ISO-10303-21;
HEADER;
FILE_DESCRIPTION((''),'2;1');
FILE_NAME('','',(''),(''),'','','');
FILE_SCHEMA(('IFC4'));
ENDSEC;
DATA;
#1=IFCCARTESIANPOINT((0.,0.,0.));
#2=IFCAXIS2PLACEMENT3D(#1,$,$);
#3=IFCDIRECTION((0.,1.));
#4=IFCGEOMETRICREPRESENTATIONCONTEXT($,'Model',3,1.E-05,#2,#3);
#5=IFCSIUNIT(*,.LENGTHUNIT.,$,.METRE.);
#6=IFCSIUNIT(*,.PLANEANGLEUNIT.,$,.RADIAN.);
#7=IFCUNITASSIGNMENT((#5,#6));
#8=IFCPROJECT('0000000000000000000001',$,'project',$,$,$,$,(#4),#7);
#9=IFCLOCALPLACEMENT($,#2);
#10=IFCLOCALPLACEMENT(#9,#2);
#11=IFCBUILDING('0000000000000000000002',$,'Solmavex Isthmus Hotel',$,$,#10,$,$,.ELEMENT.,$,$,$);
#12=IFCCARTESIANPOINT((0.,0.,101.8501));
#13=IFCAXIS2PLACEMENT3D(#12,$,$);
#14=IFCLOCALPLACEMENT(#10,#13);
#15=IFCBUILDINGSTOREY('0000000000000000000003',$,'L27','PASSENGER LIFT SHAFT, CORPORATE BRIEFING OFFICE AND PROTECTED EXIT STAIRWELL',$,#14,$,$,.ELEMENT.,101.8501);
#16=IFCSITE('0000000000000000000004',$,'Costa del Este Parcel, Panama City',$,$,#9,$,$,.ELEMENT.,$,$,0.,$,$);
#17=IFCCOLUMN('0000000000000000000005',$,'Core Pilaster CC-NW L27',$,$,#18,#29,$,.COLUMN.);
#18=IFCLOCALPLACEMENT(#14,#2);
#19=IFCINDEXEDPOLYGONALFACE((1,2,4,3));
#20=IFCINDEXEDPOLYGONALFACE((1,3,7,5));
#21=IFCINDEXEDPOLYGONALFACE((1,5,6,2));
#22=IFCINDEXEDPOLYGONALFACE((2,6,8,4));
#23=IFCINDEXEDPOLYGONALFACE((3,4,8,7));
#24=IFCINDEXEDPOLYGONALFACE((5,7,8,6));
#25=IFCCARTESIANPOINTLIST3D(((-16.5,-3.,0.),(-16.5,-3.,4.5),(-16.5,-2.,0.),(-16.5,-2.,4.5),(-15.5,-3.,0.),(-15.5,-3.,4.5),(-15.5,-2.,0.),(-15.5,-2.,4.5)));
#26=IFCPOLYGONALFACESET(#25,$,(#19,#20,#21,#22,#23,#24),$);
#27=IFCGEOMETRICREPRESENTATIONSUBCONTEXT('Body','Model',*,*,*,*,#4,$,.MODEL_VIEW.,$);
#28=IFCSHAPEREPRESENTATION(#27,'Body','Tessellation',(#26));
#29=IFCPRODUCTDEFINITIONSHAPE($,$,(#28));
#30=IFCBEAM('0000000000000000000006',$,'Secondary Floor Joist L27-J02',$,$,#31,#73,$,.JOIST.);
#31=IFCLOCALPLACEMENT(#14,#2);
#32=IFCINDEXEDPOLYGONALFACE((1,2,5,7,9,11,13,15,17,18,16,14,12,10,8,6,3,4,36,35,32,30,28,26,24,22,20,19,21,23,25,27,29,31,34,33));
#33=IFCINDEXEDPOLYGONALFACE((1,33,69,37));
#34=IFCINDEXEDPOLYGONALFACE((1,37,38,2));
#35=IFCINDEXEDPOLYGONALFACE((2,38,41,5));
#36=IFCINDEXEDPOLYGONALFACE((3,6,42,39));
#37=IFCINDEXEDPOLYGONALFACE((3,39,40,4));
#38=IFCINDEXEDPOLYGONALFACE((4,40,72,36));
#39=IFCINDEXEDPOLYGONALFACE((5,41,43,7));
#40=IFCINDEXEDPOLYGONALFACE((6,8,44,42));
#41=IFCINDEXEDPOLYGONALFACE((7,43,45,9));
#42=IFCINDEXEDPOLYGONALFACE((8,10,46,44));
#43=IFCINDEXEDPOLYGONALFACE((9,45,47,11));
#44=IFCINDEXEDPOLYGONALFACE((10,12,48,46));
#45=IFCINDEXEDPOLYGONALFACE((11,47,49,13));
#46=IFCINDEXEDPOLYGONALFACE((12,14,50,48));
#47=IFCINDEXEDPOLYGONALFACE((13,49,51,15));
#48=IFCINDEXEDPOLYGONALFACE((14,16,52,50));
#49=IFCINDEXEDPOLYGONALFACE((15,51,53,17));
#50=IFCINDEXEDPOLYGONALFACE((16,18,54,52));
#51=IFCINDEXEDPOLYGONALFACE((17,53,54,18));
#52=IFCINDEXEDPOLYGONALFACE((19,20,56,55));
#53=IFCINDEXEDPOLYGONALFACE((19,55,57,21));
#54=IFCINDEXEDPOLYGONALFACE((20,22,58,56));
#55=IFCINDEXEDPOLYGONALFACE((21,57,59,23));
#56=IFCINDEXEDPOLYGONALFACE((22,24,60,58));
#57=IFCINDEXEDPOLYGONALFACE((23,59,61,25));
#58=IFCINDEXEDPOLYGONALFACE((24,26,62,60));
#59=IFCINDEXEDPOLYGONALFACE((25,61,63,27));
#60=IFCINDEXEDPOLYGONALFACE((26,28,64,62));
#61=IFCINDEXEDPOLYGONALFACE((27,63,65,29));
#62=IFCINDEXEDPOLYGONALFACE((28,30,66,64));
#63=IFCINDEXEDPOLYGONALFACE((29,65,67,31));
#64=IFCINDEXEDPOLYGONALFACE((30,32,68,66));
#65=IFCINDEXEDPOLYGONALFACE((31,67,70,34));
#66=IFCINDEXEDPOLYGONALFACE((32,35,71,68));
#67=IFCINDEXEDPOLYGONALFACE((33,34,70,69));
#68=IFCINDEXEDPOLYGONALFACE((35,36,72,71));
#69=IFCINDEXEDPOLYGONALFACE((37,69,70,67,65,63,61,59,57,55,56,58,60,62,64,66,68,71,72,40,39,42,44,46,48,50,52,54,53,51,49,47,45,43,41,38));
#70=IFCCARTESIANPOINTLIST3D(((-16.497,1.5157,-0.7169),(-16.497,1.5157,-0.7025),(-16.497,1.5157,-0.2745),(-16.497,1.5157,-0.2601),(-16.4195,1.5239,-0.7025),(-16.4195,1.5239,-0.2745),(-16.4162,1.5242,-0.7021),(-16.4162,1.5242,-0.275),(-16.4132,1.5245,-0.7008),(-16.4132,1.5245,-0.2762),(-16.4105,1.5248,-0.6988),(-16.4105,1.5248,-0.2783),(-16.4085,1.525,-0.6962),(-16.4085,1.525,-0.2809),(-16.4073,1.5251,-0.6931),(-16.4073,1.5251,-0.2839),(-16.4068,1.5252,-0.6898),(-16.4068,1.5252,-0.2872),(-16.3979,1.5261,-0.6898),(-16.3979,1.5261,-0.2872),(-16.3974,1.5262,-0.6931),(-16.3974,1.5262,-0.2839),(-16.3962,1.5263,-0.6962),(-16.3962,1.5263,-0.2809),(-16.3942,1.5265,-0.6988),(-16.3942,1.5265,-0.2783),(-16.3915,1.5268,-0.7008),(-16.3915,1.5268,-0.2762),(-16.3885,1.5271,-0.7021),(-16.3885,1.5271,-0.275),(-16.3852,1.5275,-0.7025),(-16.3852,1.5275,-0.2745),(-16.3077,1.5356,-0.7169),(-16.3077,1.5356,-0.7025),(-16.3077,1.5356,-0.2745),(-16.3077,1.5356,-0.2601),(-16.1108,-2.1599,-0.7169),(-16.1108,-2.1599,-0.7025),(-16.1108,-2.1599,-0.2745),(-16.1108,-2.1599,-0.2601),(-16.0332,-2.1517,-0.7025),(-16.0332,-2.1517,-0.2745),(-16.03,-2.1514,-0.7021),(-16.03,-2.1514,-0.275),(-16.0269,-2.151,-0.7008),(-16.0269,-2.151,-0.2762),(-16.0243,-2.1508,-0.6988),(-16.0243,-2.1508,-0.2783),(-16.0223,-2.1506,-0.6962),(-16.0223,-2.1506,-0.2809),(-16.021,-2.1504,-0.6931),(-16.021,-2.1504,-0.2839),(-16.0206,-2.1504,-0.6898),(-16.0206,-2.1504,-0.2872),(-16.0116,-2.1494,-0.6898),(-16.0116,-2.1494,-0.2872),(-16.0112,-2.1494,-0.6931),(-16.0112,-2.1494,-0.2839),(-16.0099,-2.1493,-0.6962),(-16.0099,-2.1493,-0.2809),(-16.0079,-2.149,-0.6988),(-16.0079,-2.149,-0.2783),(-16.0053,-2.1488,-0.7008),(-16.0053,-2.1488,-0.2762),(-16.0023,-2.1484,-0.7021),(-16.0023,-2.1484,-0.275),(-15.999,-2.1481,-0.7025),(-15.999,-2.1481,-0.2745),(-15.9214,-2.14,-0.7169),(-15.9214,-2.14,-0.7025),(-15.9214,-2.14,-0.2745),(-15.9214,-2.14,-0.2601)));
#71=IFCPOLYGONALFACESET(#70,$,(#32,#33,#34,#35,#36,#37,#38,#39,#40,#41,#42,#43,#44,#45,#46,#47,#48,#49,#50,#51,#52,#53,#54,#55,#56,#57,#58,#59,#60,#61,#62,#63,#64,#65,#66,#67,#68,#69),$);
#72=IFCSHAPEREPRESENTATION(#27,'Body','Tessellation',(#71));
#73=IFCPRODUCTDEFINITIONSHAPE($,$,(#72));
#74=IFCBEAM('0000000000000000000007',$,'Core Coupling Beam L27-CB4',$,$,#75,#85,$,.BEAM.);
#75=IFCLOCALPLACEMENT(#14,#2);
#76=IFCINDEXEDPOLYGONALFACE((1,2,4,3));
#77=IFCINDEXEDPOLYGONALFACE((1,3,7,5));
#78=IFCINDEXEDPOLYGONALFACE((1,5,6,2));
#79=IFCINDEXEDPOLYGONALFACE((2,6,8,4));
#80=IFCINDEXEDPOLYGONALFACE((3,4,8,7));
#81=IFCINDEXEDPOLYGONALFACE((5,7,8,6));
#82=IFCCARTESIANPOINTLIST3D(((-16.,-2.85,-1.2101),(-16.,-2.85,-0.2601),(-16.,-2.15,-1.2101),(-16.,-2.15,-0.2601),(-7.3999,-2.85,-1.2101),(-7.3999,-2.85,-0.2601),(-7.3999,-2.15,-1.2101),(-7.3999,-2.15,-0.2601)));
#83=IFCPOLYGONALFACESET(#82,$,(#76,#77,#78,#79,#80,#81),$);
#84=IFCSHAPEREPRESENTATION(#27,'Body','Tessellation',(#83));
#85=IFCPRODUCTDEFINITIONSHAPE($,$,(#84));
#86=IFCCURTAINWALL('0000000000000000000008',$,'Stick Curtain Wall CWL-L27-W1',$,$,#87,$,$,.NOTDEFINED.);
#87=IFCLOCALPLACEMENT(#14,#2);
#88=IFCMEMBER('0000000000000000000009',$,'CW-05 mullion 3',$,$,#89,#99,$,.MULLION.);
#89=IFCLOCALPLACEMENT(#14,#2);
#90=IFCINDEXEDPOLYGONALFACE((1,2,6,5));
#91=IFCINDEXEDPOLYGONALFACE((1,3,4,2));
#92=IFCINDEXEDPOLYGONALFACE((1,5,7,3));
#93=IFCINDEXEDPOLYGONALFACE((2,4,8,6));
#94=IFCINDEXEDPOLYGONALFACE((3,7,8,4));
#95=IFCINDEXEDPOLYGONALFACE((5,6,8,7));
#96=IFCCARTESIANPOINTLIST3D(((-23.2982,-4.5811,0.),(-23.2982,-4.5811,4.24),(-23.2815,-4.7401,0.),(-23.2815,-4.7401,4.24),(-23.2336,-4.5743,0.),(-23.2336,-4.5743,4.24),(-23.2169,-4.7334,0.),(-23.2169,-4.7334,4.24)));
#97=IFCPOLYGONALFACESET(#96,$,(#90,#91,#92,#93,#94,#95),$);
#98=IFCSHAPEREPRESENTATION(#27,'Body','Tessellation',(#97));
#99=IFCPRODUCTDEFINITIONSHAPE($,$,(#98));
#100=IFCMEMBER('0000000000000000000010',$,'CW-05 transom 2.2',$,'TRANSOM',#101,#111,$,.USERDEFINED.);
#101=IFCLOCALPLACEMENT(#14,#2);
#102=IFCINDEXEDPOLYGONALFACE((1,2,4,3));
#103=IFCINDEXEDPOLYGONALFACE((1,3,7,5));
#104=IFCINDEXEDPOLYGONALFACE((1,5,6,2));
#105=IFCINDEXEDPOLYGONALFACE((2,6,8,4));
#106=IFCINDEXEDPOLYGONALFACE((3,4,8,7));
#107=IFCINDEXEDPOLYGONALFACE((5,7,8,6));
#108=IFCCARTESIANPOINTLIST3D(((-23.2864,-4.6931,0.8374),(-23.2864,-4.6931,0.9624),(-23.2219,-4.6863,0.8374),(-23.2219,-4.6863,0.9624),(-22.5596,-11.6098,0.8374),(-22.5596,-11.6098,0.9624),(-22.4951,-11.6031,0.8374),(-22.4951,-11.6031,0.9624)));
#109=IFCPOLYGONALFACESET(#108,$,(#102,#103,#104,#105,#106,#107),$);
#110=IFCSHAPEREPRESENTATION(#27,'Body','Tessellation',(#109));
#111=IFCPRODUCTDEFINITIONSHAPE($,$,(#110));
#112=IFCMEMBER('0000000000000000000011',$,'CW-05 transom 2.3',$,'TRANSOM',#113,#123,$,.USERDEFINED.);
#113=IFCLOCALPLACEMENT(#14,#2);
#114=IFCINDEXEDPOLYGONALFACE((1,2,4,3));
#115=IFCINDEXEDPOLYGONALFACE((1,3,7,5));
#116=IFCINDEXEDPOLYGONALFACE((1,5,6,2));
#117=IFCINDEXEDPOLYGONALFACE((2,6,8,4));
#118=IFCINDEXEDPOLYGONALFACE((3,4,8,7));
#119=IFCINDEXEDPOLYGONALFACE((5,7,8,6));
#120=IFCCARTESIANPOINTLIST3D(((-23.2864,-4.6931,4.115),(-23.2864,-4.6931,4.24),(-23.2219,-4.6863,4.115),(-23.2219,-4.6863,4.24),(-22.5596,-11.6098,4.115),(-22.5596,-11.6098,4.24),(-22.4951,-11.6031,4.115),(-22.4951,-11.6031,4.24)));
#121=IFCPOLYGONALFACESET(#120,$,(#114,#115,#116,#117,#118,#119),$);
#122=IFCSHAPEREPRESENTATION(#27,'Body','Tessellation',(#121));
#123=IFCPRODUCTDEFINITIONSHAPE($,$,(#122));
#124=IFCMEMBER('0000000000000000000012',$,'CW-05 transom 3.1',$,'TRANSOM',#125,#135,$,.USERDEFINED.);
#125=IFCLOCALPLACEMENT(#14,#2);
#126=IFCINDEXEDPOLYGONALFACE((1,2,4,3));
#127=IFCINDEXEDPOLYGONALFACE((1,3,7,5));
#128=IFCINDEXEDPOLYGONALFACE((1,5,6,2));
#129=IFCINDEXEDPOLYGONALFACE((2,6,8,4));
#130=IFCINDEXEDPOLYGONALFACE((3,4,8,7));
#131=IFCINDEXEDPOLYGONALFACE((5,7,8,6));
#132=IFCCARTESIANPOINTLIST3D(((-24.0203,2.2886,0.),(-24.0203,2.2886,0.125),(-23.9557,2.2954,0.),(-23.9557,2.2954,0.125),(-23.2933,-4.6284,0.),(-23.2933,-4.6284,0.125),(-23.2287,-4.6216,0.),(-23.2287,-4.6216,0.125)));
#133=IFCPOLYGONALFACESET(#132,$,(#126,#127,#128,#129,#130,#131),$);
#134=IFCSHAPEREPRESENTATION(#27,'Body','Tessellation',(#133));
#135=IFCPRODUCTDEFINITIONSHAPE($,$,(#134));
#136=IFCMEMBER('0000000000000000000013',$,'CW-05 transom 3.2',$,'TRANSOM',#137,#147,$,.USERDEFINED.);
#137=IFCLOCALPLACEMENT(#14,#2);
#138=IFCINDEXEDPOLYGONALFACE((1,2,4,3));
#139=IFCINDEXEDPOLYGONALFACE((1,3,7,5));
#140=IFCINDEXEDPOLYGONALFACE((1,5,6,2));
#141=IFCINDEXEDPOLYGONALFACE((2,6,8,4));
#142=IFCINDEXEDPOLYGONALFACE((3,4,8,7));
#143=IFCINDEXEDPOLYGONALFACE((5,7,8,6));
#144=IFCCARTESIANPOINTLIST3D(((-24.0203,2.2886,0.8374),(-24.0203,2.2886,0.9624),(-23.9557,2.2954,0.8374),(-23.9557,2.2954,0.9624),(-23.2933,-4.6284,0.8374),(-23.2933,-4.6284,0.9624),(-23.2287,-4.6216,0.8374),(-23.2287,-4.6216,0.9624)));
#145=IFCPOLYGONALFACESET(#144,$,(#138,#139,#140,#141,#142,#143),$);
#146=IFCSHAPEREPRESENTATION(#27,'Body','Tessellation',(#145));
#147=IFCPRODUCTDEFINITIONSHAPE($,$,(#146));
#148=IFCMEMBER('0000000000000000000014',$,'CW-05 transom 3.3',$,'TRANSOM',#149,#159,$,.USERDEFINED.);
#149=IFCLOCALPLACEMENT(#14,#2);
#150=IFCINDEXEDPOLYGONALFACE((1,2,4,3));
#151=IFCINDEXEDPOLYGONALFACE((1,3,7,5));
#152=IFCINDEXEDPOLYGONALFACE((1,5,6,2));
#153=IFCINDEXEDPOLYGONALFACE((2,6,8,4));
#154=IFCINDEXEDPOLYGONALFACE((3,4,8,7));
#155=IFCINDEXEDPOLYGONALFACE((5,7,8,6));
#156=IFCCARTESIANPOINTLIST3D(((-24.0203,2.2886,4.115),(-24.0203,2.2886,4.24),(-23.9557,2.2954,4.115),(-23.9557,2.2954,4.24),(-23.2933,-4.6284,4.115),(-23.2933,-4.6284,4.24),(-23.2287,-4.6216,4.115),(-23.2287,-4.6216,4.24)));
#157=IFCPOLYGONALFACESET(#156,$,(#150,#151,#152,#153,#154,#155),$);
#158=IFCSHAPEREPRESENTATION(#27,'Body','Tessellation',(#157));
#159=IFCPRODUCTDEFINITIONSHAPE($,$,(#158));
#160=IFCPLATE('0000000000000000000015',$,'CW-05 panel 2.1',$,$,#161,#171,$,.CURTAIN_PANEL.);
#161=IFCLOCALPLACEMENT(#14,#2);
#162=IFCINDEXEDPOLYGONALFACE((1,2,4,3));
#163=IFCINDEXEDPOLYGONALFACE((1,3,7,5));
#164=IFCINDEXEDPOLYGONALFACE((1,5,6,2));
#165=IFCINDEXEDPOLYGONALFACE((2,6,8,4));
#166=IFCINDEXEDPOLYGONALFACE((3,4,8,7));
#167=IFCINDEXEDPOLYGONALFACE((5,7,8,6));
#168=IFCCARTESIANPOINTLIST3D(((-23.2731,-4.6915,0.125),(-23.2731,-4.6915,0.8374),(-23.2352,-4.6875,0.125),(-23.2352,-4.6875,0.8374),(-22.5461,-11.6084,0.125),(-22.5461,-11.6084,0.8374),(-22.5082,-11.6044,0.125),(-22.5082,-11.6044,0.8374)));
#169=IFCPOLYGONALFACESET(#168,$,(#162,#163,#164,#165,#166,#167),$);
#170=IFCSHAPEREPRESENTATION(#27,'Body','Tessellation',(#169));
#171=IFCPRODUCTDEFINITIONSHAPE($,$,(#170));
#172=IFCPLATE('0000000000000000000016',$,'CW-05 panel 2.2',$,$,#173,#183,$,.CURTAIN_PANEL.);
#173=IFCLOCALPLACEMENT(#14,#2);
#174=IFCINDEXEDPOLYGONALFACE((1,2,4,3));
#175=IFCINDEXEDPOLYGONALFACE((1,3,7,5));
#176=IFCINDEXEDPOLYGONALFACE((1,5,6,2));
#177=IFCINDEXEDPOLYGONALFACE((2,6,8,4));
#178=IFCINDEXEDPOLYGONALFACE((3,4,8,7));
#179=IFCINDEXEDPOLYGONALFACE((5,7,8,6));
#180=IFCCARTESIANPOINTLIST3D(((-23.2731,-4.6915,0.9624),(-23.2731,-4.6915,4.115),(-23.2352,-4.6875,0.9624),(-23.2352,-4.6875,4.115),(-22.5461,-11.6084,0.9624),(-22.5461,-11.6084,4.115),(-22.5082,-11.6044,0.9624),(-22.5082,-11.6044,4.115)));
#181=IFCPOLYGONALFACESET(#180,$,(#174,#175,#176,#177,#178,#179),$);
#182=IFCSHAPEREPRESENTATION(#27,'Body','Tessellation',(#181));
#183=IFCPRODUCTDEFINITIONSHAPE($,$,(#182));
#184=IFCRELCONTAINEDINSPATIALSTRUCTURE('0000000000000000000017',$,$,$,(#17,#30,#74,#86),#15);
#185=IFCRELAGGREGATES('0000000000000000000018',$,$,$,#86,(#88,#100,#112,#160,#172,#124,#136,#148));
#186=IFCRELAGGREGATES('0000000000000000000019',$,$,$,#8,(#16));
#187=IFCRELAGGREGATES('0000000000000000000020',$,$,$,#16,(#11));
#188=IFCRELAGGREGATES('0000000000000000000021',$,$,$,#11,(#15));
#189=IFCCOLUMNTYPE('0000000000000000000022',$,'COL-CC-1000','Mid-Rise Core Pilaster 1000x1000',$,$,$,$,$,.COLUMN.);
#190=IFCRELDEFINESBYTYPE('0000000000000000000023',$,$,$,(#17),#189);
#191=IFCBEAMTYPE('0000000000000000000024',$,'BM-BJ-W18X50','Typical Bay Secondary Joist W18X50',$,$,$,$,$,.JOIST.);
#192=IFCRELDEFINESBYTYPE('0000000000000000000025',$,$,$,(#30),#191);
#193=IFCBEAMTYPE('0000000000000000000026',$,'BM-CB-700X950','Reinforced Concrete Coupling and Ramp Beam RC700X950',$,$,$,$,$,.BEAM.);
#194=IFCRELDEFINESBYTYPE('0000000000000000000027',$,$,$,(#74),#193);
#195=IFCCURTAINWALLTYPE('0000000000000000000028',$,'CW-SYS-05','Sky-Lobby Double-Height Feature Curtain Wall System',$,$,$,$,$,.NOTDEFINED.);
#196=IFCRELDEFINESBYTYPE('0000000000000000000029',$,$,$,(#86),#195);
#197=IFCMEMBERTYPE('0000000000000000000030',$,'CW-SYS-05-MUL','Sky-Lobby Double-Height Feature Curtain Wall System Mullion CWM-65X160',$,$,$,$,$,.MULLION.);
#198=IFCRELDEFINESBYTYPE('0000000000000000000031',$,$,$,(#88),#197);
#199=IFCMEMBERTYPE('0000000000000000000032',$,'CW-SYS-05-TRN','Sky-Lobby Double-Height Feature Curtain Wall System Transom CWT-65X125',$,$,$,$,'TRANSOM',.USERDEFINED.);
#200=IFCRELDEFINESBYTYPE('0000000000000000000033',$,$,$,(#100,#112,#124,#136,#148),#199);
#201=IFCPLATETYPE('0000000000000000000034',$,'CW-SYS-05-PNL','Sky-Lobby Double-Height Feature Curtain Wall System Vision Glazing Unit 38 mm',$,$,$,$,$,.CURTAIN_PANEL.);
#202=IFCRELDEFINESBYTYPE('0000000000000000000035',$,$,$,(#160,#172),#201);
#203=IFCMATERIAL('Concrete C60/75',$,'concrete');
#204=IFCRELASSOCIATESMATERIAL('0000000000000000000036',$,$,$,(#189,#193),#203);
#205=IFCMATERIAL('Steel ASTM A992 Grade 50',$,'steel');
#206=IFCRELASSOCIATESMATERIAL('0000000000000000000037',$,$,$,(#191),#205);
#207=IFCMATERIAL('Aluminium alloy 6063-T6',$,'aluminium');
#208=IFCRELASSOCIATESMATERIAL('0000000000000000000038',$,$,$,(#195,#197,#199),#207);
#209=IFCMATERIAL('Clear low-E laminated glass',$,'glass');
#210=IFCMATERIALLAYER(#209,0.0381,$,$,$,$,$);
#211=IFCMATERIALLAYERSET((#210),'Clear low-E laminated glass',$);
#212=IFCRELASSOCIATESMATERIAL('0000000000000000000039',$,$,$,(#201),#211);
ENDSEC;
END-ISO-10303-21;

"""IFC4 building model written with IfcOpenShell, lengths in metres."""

from ifc_helpers import new_model, si_unit, direction, frame, origin, origin_2d, place, context, subcontext, project, spatial, rectangle, i_section, extrude, material, layer, layer_set, material_profile, profile_set, type_object, element, aggregate, save


model = new_model("IFC4")

# Units and contexts
model_context = context("Model", 3, precision=1e-05, world=origin(), true_north=direction((0.0, 1.0)))
body_context = subcontext(model_context, "Body", "Model", "MODEL_VIEW")
ifc_project = project(units=[si_unit("LENGTHUNIT", "METRE"), si_unit("PLANEANGLEUNIT", "RADIAN")], contexts=[model_context])

# Site, building, storey
site_placement = place(None, origin())
site = spatial("IfcSite", under=ifc_project, at=site_placement, Name="Costa del Este Parcel, Panama City", CompositionType="ELEMENT", RefElevation=0.0)
building_placement = place(site_placement, origin())
building = spatial("IfcBuilding", under=site, at=building_placement, Name="Solmavex Isthmus Hotel", CompositionType="ELEMENT")
storey_placement = place(building_placement, frame((0.0, 0.0, 101.8501)))
storey = spatial("IfcBuildingStorey", under=building, at=storey_placement, Name="L27", Description="PASSENGER LIFT SHAFT, CORPORATE BRIEFING OFFICE AND PROTECTED EXIT STAIRWELL", CompositionType="ELEMENT", Elevation=101.8501)

# Column
ifc_material_1 = material(Name="Concrete C60/75", Category="concrete")
ifc_material_profile_1 = material_profile(ifc_material_1, rectangle(XDim=1.0, YDim=1.0, at=origin_2d()), Name="RC1000X1000")
ifc_profile_set_1 = profile_set([ifc_material_profile_1], Name="Concrete C60/75")
column_type = type_object("IfcColumnType", Name="COL-CC-1000", Description="Mid-Rise Core Pilaster 1000x1000", PredefinedType="COLUMN", material=ifc_profile_set_1)
column_placement = place(storey_placement, frame((-16.0, -2.5, 0.0), z_axis=(0.0, 0.0, 1.0), x_axis=(1.0, 0.0, 0.0)))
element("IfcColumn", 1, at=column_placement, inside=storey, type_object=column_type, Name="Core Pilaster CC-NW L27", PredefinedType="COLUMN", context=body_context, shape_type="SweptSolid", body=[
    extrude(rectangle(XDim=1.0, YDim=1.0, at=origin_2d()), origin(), (0.0, 0.0, 1.0), 4.5),
])

# Beams
ifc_material_2 = material(Name="Steel ASTM A992 Grade 50", Category="steel")
ifc_material_profile_2 = material_profile(ifc_material_2, i_section(OverallWidth=0.1904, OverallDepth=0.4568, WebThickness=0.009, FlangeThickness=0.0144, FilletRadius=0.0127, at=origin_2d()), Name="W18X50")
ifc_profile_set_2 = profile_set([ifc_material_profile_2], Name="Steel ASTM A992 Grade 50")
beam_type_1 = type_object("IfcBeamType", Name="BM-BJ-W18X50", Description="Typical Bay Secondary Joist W18X50", PredefinedType="JOIST", material=ifc_profile_set_2)
beam_1_placement = place(storey_placement, frame((-16.0161, -2.1499, -0.4885), z_axis=(-0.104506, 0.994524, 0.0), x_axis=(-0.994524, -0.104506, 0.0)))
element("IfcBeam", 2, at=beam_1_placement, inside=storey, type_object=beam_type_1, Name="Secondary Floor Joist L27-J02", PredefinedType="JOIST", context=body_context, shape_type="SweptSolid", body=[
    extrude(i_section(OverallWidth=0.1904, OverallDepth=0.4568, WebThickness=0.009, FlangeThickness=0.0144, FilletRadius=0.0127, at=origin_2d()), origin(), (0.0, 0.0, 1.0), 3.6958),
])
ifc_material_profile_3 = material_profile(ifc_material_1, rectangle(XDim=0.7, YDim=0.95, at=origin_2d()), Name="RC700X950")
ifc_profile_set_3 = profile_set([ifc_material_profile_3], Name="Concrete C60/75")
beam_type_2 = type_object("IfcBeamType", Name="BM-CB-700X950", Description="Reinforced Concrete Coupling and Ramp Beam RC700X950", PredefinedType="BEAM", material=ifc_profile_set_3)
beam_2_placement = place(storey_placement, frame((-16.0, -2.5, -0.7351), z_axis=(1.0, 0.0, 0.0), x_axis=(0.0, 1.0, 0.0)))
element("IfcBeam", 3, at=beam_2_placement, inside=storey, type_object=beam_type_2, Name="Core Coupling Beam L27-CB4", PredefinedType="BEAM", context=body_context, shape_type="SweptSolid", body=[
    extrude(rectangle(XDim=0.7, YDim=0.95, at=origin_2d()), origin(), (0.0, 0.0, 1.0), 8.6001),
])

# Curtain wall, members, plates
ifc_material_3 = material(Name="Aluminium alloy 6063-T6", Category="aluminium")
curtain_wall_type = type_object("IfcCurtainWallType", Name="CW-SYS-05", Description="Sky-Lobby Double-Height Feature Curtain Wall System", PredefinedType="NOTDEFINED", material=ifc_material_3)
curtain_wall_placement = place(storey_placement, origin())
curtain_wall = element("IfcCurtainWall", 4, at=curtain_wall_placement, inside=storey, type_object=curtain_wall_type, Name="Stick Curtain Wall CWL-L27-W1", PredefinedType="NOTDEFINED")
ifc_material_profile_4 = material_profile(ifc_material_3, rectangle(XDim=0.0649, YDim=0.1599, at=origin_2d()), Name="CWM-65X160")
ifc_profile_set_4 = profile_set([ifc_material_profile_4], Name="Aluminium alloy 6063-T6")
member_type_1 = type_object("IfcMemberType", Name="CW-SYS-05-MUL", Description="Sky-Lobby Double-Height Feature Curtain Wall System Mullion CWM-65X160", PredefinedType="MULLION", material=ifc_profile_set_4)
member_1_placement = place(storey_placement, frame((-23.2576, -4.6572, 0.0), z_axis=(0.0, 0.0, 1.0), x_axis=(-0.994522, -0.104528, 0.0)))
member_1 = element("IfcMember", 5, at=member_1_placement, type_object=member_type_1, Name="CW-05 mullion 3", PredefinedType="MULLION", context=body_context, shape_type="SweptSolid", body=[
    extrude(rectangle(XDim=0.0649, YDim=0.1599, at=origin_2d()), origin(), (0.0, 0.0, 1.0), 4.24),
])
ifc_material_profile_5 = material_profile(ifc_material_3, rectangle(XDim=0.0649, YDim=0.125, at=origin_2d()), Name="CWT-65X125")
ifc_profile_set_5 = profile_set([ifc_material_profile_5], Name="Aluminium alloy 6063-T6")
member_type_2 = type_object("IfcMemberType", Name="CW-SYS-05-TRN", Description="Sky-Lobby Double-Height Feature Curtain Wall System Transom CWT-65X125", ElementType="TRANSOM", PredefinedType="USERDEFINED", material=ifc_profile_set_5)
member_2_placement = place(storey_placement, frame((-22.5273, -11.6064, 0.8999), z_axis=(-0.104504, 0.994524, 0.0), x_axis=(-0.994524, -0.104504, 0.0)))
member_2 = element("IfcMember", 6, at=member_2_placement, type_object=member_type_2, Name="CW-05 transom 2.2", ObjectType="TRANSOM", PredefinedType="USERDEFINED", context=body_context, shape_type="SweptSolid", body=[
    extrude(rectangle(XDim=0.0649, YDim=0.125, at=origin_2d()), origin(), (0.0, 0.0, 1.0), 6.9548),
])
member_3_placement = place(storey_placement, frame((-22.5273, -11.6064, 4.1775), z_axis=(-0.104504, 0.994524, 0.0), x_axis=(-0.994524, -0.104504, 0.0)))
member_3 = element("IfcMember", 7, at=member_3_placement, type_object=member_type_2, Name="CW-05 transom 2.3", ObjectType="TRANSOM", PredefinedType="USERDEFINED", context=body_context, shape_type="SweptSolid", body=[
    extrude(rectangle(XDim=0.0649, YDim=0.125, at=origin_2d()), origin(), (0.0, 0.0, 1.0), 6.9548),
])
member_4_placement = place(storey_placement, frame((-23.261, -4.625, 0.0625), z_axis=(-0.104535, 0.994521, 0.0), x_axis=(-0.994521, -0.104535, 0.0)))
member_4 = element("IfcMember", 8, at=member_4_placement, type_object=member_type_2, Name="CW-05 transom 3.1", ObjectType="TRANSOM", PredefinedType="USERDEFINED", context=body_context, shape_type="SweptSolid", body=[
    extrude(rectangle(XDim=0.0649, YDim=0.125, at=origin_2d()), origin(), (0.0, 0.0, 1.0), 6.9551),
])
member_5_placement = place(storey_placement, frame((-23.261, -4.625, 0.8999), z_axis=(-0.104535, 0.994521, 0.0), x_axis=(-0.994521, -0.104535, 0.0)))
member_5 = element("IfcMember", 9, at=member_5_placement, type_object=member_type_2, Name="CW-05 transom 3.2", ObjectType="TRANSOM", PredefinedType="USERDEFINED", context=body_context, shape_type="SweptSolid", body=[
    extrude(rectangle(XDim=0.0649, YDim=0.125, at=origin_2d()), origin(), (0.0, 0.0, 1.0), 6.9551),
])
member_6_placement = place(storey_placement, frame((-23.261, -4.625, 4.1775), z_axis=(-0.104535, 0.994521, 0.0), x_axis=(-0.994521, -0.104535, 0.0)))
member_6 = element("IfcMember", 10, at=member_6_placement, type_object=member_type_2, Name="CW-05 transom 3.3", ObjectType="TRANSOM", PredefinedType="USERDEFINED", context=body_context, shape_type="SweptSolid", body=[
    extrude(rectangle(XDim=0.0649, YDim=0.125, at=origin_2d()), origin(), (0.0, 0.0, 1.0), 6.9551),
])
ifc_material_4 = material(Name="Clear low-E laminated glass", Category="glass")
ifc_layer_1 = layer(ifc_material_4, 0.0381)
ifc_layer_set_1 = layer_set([ifc_layer_1], Name="Clear low-E laminated glass")
plate_type = type_object("IfcPlateType", Name="CW-SYS-05-PNL", Description="Sky-Lobby Double-Height Feature Curtain Wall System Vision Glazing Unit 38 mm", PredefinedType="CURTAIN_PANEL", material=ifc_layer_set_1)
plate_1_placement = place(storey_placement, frame((-22.8906, -8.1479, 0.125), z_axis=(0.0, 0.0, 1.0), x_axis=(-0.104528, 0.994522, 0.0)))
plate_1 = element("IfcPlate", 11, at=plate_1_placement, type_object=plate_type, Name="CW-05 panel 2.1", PredefinedType="CURTAIN_PANEL", context=body_context, shape_type="SweptSolid", body=[
    extrude(rectangle(XDim=6.9551, YDim=0.0381, at=origin_2d()), origin(), (0.0, 0.0, 1.0), 0.7124),
])
plate_2_placement = place(storey_placement, frame((-22.8906, -8.1479, 0.9624), z_axis=(0.0, 0.0, 1.0), x_axis=(-0.104528, 0.994522, 0.0)))
plate_2 = element("IfcPlate", 12, at=plate_2_placement, type_object=plate_type, Name="CW-05 panel 2.2", PredefinedType="CURTAIN_PANEL", context=body_context, shape_type="SweptSolid", body=[
    extrude(rectangle(XDim=6.9551, YDim=0.0381, at=origin_2d()), origin(), (0.0, 0.0, 1.0), 3.1526),
])
aggregate(curtain_wall, [member_1, member_2, member_3, plate_1, plate_2, member_4, member_5, member_6])

save(model, "model.ifc")
